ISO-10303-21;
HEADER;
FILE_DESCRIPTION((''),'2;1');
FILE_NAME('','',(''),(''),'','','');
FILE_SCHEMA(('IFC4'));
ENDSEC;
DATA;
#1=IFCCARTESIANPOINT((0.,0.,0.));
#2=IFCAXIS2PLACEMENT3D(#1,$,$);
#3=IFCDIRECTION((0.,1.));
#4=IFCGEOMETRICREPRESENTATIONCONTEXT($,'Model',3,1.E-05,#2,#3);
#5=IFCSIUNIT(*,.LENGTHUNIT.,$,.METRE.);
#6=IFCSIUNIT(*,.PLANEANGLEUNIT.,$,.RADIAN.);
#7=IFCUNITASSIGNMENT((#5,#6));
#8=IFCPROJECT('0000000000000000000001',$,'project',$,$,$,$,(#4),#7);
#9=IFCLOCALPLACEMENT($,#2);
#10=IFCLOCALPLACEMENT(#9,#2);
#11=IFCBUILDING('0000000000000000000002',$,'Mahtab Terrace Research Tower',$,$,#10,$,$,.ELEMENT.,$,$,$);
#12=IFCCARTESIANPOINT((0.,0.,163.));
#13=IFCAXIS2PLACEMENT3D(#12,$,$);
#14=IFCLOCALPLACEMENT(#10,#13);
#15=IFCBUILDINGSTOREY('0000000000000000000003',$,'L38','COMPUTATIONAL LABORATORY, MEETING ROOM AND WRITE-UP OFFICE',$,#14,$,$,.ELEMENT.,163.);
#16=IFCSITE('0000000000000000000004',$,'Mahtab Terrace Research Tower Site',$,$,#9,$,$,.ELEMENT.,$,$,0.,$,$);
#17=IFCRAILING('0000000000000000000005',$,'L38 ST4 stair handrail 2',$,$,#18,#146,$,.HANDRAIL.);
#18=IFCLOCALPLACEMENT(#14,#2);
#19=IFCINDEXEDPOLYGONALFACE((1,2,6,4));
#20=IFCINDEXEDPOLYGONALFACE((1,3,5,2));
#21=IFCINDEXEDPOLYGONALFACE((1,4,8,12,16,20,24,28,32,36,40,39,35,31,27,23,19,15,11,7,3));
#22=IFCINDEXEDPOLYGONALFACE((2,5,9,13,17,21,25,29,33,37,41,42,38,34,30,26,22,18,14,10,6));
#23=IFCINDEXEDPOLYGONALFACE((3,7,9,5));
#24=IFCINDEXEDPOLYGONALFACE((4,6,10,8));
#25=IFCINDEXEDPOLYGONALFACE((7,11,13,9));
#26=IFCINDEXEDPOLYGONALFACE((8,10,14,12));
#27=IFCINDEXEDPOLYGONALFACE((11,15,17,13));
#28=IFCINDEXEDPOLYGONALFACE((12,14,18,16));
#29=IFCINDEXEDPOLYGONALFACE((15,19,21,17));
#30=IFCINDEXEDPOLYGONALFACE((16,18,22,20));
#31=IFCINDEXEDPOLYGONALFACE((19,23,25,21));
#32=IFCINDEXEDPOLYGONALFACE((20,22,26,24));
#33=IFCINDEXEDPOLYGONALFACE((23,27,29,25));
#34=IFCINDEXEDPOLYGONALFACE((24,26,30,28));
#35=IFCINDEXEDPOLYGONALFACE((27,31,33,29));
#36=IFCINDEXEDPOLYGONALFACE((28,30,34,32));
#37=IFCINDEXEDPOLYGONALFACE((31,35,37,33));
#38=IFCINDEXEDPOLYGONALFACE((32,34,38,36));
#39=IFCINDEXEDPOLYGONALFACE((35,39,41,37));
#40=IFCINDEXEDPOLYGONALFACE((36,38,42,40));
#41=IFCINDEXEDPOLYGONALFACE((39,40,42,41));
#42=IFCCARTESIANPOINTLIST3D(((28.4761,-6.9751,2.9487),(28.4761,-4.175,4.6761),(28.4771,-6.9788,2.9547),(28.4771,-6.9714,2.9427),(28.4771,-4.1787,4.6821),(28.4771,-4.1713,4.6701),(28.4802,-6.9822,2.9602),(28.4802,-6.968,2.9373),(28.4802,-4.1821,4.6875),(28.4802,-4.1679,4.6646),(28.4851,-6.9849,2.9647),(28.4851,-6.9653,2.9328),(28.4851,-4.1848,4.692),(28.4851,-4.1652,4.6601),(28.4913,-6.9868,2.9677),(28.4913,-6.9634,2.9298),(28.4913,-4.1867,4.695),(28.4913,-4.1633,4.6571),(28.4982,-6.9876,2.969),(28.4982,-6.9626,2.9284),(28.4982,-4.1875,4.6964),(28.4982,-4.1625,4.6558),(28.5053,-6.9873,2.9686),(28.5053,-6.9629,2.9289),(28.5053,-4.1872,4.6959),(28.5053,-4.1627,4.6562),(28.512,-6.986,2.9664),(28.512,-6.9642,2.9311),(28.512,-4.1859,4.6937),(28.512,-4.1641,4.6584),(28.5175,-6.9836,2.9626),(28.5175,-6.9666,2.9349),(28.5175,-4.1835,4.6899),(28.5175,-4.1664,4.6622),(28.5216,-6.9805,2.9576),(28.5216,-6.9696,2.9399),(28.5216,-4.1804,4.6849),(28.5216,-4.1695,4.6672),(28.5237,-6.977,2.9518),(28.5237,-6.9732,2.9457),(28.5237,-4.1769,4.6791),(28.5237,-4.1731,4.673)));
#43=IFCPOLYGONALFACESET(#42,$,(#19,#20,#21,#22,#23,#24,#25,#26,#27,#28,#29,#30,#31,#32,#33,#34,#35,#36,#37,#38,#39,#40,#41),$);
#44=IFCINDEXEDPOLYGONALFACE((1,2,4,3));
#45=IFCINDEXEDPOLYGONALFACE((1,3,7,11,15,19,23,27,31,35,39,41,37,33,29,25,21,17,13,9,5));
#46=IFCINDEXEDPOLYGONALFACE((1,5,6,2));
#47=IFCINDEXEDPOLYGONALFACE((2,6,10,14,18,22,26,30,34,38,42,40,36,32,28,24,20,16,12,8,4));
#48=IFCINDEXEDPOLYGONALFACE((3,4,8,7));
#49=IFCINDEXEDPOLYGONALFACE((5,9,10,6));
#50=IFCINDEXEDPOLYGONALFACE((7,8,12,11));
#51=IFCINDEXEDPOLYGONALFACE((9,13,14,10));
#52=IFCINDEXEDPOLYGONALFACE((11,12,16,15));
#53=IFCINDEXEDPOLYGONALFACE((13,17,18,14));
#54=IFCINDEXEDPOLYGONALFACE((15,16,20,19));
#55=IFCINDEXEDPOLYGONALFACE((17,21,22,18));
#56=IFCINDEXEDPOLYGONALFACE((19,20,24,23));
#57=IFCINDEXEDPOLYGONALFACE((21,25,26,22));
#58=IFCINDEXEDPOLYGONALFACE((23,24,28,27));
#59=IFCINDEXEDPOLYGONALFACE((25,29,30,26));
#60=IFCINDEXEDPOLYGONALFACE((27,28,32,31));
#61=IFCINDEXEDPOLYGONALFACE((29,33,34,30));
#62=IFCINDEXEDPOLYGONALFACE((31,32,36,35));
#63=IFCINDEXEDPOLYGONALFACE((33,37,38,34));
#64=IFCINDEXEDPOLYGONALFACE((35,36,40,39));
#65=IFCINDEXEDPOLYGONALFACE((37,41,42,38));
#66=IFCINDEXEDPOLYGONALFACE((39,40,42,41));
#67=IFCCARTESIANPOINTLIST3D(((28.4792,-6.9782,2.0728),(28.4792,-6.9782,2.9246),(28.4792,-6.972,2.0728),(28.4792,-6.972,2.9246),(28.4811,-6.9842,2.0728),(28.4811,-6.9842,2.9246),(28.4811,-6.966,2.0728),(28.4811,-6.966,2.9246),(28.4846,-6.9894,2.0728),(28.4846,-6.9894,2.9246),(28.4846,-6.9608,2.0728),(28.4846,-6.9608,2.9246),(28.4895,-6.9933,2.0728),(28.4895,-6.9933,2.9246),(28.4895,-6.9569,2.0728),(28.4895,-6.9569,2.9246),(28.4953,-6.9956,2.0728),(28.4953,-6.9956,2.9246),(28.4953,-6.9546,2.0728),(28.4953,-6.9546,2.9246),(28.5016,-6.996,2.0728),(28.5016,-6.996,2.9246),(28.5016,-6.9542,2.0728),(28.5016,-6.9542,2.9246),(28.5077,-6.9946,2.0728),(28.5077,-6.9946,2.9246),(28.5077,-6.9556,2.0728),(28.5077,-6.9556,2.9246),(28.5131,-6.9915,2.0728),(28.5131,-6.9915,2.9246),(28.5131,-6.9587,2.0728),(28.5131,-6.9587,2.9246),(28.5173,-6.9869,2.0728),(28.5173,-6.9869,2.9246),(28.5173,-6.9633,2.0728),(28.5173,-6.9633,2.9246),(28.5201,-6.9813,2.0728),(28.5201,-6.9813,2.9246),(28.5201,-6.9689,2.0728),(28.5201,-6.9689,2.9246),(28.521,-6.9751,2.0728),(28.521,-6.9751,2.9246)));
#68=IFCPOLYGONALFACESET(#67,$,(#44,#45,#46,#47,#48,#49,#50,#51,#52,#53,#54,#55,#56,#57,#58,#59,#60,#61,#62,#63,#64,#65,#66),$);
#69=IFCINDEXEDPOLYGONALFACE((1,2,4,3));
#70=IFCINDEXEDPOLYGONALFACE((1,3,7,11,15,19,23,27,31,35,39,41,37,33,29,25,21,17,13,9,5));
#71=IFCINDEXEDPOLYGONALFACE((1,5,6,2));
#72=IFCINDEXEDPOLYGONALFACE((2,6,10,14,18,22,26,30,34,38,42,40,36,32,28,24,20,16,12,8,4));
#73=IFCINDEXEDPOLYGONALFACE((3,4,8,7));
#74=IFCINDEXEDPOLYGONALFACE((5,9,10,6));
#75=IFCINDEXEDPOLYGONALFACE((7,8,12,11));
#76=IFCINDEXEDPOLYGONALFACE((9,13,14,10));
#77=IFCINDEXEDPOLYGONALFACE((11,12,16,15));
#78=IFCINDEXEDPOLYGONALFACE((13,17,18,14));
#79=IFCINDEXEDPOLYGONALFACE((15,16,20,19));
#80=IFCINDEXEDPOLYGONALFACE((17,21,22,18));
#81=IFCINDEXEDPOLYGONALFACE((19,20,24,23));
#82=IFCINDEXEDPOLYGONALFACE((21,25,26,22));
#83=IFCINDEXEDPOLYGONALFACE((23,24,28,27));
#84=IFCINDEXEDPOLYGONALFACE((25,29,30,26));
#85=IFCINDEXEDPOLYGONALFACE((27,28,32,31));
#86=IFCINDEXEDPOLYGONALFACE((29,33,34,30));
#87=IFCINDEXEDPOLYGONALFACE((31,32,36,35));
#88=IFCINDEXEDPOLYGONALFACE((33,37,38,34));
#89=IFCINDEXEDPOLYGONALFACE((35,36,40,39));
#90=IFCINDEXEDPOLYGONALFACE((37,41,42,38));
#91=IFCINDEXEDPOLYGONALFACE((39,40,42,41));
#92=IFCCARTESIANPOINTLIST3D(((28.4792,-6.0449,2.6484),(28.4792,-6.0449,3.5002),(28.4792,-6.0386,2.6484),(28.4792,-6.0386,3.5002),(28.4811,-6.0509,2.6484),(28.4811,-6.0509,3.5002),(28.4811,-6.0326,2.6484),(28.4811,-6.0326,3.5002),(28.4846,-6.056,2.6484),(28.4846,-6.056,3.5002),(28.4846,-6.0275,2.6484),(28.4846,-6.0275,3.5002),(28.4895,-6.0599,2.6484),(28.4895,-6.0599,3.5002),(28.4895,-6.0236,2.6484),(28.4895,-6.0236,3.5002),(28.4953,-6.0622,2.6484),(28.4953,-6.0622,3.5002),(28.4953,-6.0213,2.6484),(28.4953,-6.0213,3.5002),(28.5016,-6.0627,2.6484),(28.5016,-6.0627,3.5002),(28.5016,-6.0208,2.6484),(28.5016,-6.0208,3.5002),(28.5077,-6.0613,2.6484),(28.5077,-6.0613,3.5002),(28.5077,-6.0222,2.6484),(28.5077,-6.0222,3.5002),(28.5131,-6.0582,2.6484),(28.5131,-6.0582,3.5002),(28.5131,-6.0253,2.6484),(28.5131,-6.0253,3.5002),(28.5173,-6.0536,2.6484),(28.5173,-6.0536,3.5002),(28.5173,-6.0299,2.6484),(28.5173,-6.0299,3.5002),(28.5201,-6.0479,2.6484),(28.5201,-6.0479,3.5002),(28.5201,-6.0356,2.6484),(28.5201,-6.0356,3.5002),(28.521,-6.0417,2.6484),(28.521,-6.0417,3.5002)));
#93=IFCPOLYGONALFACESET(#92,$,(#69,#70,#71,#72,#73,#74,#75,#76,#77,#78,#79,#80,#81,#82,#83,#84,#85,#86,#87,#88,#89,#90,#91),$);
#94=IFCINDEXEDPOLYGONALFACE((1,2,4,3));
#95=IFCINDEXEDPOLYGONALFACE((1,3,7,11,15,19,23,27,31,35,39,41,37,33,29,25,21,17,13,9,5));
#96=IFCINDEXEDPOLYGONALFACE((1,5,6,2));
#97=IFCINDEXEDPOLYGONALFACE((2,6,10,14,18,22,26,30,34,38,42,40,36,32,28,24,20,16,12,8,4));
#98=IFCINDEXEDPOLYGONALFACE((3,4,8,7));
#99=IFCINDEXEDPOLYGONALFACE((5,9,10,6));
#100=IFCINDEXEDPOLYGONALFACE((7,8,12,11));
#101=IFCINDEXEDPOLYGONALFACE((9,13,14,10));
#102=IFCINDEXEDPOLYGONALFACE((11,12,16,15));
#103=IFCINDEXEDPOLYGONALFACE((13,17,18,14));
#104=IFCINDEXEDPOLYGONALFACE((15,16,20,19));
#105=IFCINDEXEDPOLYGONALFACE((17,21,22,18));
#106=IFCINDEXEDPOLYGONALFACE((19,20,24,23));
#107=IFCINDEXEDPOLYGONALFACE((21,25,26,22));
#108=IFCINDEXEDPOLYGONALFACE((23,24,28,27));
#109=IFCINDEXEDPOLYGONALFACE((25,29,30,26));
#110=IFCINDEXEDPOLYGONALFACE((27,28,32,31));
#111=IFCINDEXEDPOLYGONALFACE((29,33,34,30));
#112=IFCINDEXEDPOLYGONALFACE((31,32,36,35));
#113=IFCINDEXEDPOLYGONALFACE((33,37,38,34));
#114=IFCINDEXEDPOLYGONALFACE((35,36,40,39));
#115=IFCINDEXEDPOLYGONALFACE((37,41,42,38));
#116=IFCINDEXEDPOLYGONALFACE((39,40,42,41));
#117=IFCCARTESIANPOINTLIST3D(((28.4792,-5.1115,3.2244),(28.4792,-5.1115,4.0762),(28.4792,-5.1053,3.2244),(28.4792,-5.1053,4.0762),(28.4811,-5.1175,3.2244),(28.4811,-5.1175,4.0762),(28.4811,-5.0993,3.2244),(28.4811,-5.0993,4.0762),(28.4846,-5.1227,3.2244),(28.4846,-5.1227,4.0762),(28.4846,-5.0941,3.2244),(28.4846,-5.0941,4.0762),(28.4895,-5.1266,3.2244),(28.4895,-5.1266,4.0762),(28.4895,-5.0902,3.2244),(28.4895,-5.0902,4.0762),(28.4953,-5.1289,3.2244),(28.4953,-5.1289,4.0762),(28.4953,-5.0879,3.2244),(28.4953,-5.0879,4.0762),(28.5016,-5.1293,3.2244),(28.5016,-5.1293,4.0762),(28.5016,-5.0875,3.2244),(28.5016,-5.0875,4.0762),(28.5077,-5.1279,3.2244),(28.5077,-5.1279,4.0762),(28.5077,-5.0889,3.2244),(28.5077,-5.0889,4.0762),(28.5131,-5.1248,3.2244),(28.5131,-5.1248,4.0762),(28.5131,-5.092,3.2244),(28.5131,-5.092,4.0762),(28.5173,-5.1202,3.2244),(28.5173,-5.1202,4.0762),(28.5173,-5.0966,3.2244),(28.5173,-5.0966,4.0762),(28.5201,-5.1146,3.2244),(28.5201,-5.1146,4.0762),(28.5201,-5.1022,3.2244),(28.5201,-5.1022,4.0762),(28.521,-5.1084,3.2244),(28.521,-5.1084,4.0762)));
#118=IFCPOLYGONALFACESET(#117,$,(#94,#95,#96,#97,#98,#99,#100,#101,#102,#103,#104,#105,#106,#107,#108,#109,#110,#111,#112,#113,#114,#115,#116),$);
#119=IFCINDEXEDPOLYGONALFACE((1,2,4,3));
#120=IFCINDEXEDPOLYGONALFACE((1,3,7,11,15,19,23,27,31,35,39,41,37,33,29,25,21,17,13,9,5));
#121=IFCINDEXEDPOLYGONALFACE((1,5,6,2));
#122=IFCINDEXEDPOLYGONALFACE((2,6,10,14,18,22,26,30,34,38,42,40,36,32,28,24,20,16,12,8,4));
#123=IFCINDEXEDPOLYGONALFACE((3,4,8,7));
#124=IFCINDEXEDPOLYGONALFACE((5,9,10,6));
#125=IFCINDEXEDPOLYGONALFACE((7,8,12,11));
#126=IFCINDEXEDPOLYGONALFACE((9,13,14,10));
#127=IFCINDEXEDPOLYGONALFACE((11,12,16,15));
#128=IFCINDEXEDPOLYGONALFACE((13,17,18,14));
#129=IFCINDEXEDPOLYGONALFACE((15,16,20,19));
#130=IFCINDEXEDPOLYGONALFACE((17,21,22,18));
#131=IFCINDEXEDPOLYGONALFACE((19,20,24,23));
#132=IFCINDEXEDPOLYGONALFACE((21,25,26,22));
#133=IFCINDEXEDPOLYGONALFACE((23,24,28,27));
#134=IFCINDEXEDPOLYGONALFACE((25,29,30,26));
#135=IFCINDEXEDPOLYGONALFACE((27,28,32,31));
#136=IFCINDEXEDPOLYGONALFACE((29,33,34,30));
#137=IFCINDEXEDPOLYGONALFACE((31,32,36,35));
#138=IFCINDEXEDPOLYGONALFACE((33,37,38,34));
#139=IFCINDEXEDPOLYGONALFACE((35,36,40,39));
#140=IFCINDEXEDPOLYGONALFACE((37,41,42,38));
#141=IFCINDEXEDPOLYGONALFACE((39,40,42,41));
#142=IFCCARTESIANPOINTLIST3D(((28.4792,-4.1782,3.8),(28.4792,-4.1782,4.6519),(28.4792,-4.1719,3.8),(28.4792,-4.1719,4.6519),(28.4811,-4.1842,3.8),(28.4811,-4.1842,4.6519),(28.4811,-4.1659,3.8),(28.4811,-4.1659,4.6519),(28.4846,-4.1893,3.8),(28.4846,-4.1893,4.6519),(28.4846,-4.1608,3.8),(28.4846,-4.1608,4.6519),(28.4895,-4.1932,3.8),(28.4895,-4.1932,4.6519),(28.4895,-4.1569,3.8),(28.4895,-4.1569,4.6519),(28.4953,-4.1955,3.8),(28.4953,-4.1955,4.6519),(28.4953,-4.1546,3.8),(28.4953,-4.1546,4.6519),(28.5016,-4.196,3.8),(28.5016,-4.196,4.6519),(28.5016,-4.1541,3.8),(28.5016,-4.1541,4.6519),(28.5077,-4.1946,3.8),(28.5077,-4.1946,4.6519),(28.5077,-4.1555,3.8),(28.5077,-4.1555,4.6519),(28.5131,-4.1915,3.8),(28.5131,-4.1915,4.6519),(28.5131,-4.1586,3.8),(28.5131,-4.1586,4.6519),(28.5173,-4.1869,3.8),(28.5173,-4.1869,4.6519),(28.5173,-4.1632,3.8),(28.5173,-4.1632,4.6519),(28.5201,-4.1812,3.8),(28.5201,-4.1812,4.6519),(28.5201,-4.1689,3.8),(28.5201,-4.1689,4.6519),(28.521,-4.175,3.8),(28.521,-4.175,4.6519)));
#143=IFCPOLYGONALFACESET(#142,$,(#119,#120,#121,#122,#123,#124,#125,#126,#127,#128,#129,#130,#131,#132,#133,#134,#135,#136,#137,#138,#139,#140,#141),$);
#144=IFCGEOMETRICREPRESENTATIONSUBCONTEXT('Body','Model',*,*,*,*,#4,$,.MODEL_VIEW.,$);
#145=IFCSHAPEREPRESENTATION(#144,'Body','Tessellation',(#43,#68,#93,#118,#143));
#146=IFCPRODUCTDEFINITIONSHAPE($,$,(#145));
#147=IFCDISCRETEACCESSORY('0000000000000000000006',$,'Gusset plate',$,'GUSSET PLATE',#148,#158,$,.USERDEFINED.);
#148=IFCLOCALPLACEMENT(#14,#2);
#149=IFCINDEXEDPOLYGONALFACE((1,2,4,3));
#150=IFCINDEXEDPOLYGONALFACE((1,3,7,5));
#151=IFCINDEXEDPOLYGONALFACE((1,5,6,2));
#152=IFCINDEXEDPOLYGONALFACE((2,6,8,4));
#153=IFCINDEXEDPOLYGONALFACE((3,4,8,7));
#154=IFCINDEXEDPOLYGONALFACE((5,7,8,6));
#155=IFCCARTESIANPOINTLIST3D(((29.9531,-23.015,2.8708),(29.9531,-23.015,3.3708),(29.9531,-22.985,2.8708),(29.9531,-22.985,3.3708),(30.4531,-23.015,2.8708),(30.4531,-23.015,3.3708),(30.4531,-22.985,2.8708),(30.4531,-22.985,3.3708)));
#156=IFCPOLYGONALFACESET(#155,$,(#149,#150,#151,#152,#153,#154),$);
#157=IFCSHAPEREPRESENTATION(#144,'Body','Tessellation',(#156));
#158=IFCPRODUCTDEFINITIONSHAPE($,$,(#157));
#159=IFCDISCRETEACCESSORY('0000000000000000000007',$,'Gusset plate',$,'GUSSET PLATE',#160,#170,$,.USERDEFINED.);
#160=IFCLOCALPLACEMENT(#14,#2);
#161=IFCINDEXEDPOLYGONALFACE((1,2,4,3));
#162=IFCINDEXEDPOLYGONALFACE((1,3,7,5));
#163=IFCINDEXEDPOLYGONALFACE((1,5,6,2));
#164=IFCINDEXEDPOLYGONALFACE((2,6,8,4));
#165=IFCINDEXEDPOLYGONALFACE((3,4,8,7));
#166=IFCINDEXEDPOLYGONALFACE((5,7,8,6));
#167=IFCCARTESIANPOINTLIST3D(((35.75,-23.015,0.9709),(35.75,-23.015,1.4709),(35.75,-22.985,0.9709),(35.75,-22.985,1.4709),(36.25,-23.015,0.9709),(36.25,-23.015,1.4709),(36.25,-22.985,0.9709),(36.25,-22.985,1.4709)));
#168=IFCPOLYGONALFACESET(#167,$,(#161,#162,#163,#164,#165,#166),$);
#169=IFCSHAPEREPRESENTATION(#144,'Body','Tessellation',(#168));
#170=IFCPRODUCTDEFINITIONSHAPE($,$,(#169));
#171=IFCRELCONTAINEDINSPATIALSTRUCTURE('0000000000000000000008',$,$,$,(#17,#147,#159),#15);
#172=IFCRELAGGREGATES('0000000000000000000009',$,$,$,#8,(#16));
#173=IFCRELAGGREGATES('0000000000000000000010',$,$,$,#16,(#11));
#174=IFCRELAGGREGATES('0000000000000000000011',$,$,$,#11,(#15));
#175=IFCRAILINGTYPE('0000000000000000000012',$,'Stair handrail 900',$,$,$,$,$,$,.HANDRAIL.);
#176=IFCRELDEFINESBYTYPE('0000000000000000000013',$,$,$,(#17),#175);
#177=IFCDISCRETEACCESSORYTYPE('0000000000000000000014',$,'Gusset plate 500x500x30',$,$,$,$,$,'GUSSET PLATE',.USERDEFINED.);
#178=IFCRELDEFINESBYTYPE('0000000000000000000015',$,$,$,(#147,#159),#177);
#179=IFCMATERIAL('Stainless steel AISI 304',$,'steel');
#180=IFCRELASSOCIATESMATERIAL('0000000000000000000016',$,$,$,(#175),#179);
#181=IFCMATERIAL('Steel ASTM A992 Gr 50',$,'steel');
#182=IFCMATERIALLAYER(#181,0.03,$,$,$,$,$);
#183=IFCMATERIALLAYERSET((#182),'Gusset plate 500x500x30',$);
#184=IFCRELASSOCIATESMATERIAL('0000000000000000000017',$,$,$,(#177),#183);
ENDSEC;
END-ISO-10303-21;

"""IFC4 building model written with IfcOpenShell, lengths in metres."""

from ifc_helpers import new_model, si_unit, direction, frame, origin, origin_2d, place, context, subcontext, project, spatial, rectangle, circle, extrude, material, layer, layer_set, type_object, element, save


model = new_model("IFC4")

# Units and contexts
model_context = context("Model", 3, precision=1e-05, world=origin(), true_north=direction((0.0, 1.0)))
body_context = subcontext(model_context, "Body", "Model", "MODEL_VIEW")
ifc_project = project(units=[si_unit("LENGTHUNIT", "METRE"), si_unit("PLANEANGLEUNIT", "RADIAN")], contexts=[model_context])

# Site, building, storey
site_placement = place(None, origin())
site = spatial("IfcSite", under=ifc_project, at=site_placement, Name="Mahtab Terrace Research Tower Site", CompositionType="ELEMENT", RefElevation=0.0)
building_placement = place(site_placement, origin())
building = spatial("IfcBuilding", under=site, at=building_placement, Name="Mahtab Terrace Research Tower", CompositionType="ELEMENT")
storey_placement = place(building_placement, frame((0.0, 0.0, 163.0)))
storey = spatial("IfcBuildingStorey", under=building, at=storey_placement, Name="L38", Description="COMPUTATIONAL LABORATORY, MEETING ROOM AND WRITE-UP OFFICE", CompositionType="ELEMENT", Elevation=163.0)

# Shared definitions
ifc_material_1 = material(Name="Steel ASTM A992 Gr 50", Category="steel")

# Railing
ifc_material_2 = material(Name="Stainless steel AISI 304", Category="steel")
railing_type_1 = type_object("IfcRailingType", Name="Stair handrail 900", PredefinedType="HANDRAIL", material=ifc_material_2)
railing_1_placement = place(storey_placement, frame((28.5, -6.9751, 2.0728)))
element("IfcRailing", 1, at=railing_1_placement, inside=storey, type_object=railing_type_1, Name="L38 ST4 stair handrail 2", PredefinedType="HANDRAIL", context=body_context, shape_type="SweptSolid", body=[
    extrude(circle(Radius=0.0239, at=origin_2d()), frame((0.0, 0.0, 0.876), z_axis=(0.0, 0.85109, 0.52502), x_axis=(-1.0, 0.0, 0.0)), (0.0, 0.0, 1.0), 3.29),
    extrude(circle(Radius=0.021, at=origin_2d()), origin(), (0.0, 0.0, 1.0), 0.8518),
    extrude(circle(Radius=0.021, at=origin_2d()), frame((0.0, 0.9333, 0.5757)), (0.0, 0.0, 1.0), 0.8518),
    extrude(circle(Radius=0.021, at=origin_2d()), frame((0.0, 1.8667, 1.1516)), (0.0, 0.0, 1.0), 0.8518),
    extrude(circle(Radius=0.021, at=origin_2d()), frame((0.0, 2.8, 1.7273)), (0.0, 0.0, 1.0), 0.8518),
])

# Discrete accessories
ifc_layer_1 = layer(ifc_material_1, 0.03)
ifc_layer_set_1 = layer_set([ifc_layer_1], Name="Gusset plate 500x500x30")
discrete_accessory_type = type_object("IfcDiscreteAccessoryType", Name="Gusset plate 500x500x30", ElementType="GUSSET PLATE", PredefinedType="USERDEFINED", material=ifc_layer_set_1)
for number, where, z_axis, x_axis, name in (
    (2, (30.2031, -23.0, 2.8708), (0.0, 0.0, 1.0), (1.0, 0.0, 0.0), "Gusset plate"),
    (3, (36.0, -23.0, 0.9709), (0.0, 0.0, 1.0), (1.0, 0.0, 0.0), "Gusset plate"),
):
    element("IfcDiscreteAccessory", number, at=place(storey_placement, frame(where, z_axis=z_axis, x_axis=x_axis)), inside=storey, type_object=discrete_accessory_type, Name=name, ObjectType="GUSSET PLATE", PredefinedType="USERDEFINED", context=body_context, shape_type="SweptSolid", body=[
        extrude(rectangle(XDim=0.5, YDim=0.03, at=origin_2d()), origin(), (0.0, 0.0, 1.0), 0.5),
    ])

save(model, "model.ifc")
